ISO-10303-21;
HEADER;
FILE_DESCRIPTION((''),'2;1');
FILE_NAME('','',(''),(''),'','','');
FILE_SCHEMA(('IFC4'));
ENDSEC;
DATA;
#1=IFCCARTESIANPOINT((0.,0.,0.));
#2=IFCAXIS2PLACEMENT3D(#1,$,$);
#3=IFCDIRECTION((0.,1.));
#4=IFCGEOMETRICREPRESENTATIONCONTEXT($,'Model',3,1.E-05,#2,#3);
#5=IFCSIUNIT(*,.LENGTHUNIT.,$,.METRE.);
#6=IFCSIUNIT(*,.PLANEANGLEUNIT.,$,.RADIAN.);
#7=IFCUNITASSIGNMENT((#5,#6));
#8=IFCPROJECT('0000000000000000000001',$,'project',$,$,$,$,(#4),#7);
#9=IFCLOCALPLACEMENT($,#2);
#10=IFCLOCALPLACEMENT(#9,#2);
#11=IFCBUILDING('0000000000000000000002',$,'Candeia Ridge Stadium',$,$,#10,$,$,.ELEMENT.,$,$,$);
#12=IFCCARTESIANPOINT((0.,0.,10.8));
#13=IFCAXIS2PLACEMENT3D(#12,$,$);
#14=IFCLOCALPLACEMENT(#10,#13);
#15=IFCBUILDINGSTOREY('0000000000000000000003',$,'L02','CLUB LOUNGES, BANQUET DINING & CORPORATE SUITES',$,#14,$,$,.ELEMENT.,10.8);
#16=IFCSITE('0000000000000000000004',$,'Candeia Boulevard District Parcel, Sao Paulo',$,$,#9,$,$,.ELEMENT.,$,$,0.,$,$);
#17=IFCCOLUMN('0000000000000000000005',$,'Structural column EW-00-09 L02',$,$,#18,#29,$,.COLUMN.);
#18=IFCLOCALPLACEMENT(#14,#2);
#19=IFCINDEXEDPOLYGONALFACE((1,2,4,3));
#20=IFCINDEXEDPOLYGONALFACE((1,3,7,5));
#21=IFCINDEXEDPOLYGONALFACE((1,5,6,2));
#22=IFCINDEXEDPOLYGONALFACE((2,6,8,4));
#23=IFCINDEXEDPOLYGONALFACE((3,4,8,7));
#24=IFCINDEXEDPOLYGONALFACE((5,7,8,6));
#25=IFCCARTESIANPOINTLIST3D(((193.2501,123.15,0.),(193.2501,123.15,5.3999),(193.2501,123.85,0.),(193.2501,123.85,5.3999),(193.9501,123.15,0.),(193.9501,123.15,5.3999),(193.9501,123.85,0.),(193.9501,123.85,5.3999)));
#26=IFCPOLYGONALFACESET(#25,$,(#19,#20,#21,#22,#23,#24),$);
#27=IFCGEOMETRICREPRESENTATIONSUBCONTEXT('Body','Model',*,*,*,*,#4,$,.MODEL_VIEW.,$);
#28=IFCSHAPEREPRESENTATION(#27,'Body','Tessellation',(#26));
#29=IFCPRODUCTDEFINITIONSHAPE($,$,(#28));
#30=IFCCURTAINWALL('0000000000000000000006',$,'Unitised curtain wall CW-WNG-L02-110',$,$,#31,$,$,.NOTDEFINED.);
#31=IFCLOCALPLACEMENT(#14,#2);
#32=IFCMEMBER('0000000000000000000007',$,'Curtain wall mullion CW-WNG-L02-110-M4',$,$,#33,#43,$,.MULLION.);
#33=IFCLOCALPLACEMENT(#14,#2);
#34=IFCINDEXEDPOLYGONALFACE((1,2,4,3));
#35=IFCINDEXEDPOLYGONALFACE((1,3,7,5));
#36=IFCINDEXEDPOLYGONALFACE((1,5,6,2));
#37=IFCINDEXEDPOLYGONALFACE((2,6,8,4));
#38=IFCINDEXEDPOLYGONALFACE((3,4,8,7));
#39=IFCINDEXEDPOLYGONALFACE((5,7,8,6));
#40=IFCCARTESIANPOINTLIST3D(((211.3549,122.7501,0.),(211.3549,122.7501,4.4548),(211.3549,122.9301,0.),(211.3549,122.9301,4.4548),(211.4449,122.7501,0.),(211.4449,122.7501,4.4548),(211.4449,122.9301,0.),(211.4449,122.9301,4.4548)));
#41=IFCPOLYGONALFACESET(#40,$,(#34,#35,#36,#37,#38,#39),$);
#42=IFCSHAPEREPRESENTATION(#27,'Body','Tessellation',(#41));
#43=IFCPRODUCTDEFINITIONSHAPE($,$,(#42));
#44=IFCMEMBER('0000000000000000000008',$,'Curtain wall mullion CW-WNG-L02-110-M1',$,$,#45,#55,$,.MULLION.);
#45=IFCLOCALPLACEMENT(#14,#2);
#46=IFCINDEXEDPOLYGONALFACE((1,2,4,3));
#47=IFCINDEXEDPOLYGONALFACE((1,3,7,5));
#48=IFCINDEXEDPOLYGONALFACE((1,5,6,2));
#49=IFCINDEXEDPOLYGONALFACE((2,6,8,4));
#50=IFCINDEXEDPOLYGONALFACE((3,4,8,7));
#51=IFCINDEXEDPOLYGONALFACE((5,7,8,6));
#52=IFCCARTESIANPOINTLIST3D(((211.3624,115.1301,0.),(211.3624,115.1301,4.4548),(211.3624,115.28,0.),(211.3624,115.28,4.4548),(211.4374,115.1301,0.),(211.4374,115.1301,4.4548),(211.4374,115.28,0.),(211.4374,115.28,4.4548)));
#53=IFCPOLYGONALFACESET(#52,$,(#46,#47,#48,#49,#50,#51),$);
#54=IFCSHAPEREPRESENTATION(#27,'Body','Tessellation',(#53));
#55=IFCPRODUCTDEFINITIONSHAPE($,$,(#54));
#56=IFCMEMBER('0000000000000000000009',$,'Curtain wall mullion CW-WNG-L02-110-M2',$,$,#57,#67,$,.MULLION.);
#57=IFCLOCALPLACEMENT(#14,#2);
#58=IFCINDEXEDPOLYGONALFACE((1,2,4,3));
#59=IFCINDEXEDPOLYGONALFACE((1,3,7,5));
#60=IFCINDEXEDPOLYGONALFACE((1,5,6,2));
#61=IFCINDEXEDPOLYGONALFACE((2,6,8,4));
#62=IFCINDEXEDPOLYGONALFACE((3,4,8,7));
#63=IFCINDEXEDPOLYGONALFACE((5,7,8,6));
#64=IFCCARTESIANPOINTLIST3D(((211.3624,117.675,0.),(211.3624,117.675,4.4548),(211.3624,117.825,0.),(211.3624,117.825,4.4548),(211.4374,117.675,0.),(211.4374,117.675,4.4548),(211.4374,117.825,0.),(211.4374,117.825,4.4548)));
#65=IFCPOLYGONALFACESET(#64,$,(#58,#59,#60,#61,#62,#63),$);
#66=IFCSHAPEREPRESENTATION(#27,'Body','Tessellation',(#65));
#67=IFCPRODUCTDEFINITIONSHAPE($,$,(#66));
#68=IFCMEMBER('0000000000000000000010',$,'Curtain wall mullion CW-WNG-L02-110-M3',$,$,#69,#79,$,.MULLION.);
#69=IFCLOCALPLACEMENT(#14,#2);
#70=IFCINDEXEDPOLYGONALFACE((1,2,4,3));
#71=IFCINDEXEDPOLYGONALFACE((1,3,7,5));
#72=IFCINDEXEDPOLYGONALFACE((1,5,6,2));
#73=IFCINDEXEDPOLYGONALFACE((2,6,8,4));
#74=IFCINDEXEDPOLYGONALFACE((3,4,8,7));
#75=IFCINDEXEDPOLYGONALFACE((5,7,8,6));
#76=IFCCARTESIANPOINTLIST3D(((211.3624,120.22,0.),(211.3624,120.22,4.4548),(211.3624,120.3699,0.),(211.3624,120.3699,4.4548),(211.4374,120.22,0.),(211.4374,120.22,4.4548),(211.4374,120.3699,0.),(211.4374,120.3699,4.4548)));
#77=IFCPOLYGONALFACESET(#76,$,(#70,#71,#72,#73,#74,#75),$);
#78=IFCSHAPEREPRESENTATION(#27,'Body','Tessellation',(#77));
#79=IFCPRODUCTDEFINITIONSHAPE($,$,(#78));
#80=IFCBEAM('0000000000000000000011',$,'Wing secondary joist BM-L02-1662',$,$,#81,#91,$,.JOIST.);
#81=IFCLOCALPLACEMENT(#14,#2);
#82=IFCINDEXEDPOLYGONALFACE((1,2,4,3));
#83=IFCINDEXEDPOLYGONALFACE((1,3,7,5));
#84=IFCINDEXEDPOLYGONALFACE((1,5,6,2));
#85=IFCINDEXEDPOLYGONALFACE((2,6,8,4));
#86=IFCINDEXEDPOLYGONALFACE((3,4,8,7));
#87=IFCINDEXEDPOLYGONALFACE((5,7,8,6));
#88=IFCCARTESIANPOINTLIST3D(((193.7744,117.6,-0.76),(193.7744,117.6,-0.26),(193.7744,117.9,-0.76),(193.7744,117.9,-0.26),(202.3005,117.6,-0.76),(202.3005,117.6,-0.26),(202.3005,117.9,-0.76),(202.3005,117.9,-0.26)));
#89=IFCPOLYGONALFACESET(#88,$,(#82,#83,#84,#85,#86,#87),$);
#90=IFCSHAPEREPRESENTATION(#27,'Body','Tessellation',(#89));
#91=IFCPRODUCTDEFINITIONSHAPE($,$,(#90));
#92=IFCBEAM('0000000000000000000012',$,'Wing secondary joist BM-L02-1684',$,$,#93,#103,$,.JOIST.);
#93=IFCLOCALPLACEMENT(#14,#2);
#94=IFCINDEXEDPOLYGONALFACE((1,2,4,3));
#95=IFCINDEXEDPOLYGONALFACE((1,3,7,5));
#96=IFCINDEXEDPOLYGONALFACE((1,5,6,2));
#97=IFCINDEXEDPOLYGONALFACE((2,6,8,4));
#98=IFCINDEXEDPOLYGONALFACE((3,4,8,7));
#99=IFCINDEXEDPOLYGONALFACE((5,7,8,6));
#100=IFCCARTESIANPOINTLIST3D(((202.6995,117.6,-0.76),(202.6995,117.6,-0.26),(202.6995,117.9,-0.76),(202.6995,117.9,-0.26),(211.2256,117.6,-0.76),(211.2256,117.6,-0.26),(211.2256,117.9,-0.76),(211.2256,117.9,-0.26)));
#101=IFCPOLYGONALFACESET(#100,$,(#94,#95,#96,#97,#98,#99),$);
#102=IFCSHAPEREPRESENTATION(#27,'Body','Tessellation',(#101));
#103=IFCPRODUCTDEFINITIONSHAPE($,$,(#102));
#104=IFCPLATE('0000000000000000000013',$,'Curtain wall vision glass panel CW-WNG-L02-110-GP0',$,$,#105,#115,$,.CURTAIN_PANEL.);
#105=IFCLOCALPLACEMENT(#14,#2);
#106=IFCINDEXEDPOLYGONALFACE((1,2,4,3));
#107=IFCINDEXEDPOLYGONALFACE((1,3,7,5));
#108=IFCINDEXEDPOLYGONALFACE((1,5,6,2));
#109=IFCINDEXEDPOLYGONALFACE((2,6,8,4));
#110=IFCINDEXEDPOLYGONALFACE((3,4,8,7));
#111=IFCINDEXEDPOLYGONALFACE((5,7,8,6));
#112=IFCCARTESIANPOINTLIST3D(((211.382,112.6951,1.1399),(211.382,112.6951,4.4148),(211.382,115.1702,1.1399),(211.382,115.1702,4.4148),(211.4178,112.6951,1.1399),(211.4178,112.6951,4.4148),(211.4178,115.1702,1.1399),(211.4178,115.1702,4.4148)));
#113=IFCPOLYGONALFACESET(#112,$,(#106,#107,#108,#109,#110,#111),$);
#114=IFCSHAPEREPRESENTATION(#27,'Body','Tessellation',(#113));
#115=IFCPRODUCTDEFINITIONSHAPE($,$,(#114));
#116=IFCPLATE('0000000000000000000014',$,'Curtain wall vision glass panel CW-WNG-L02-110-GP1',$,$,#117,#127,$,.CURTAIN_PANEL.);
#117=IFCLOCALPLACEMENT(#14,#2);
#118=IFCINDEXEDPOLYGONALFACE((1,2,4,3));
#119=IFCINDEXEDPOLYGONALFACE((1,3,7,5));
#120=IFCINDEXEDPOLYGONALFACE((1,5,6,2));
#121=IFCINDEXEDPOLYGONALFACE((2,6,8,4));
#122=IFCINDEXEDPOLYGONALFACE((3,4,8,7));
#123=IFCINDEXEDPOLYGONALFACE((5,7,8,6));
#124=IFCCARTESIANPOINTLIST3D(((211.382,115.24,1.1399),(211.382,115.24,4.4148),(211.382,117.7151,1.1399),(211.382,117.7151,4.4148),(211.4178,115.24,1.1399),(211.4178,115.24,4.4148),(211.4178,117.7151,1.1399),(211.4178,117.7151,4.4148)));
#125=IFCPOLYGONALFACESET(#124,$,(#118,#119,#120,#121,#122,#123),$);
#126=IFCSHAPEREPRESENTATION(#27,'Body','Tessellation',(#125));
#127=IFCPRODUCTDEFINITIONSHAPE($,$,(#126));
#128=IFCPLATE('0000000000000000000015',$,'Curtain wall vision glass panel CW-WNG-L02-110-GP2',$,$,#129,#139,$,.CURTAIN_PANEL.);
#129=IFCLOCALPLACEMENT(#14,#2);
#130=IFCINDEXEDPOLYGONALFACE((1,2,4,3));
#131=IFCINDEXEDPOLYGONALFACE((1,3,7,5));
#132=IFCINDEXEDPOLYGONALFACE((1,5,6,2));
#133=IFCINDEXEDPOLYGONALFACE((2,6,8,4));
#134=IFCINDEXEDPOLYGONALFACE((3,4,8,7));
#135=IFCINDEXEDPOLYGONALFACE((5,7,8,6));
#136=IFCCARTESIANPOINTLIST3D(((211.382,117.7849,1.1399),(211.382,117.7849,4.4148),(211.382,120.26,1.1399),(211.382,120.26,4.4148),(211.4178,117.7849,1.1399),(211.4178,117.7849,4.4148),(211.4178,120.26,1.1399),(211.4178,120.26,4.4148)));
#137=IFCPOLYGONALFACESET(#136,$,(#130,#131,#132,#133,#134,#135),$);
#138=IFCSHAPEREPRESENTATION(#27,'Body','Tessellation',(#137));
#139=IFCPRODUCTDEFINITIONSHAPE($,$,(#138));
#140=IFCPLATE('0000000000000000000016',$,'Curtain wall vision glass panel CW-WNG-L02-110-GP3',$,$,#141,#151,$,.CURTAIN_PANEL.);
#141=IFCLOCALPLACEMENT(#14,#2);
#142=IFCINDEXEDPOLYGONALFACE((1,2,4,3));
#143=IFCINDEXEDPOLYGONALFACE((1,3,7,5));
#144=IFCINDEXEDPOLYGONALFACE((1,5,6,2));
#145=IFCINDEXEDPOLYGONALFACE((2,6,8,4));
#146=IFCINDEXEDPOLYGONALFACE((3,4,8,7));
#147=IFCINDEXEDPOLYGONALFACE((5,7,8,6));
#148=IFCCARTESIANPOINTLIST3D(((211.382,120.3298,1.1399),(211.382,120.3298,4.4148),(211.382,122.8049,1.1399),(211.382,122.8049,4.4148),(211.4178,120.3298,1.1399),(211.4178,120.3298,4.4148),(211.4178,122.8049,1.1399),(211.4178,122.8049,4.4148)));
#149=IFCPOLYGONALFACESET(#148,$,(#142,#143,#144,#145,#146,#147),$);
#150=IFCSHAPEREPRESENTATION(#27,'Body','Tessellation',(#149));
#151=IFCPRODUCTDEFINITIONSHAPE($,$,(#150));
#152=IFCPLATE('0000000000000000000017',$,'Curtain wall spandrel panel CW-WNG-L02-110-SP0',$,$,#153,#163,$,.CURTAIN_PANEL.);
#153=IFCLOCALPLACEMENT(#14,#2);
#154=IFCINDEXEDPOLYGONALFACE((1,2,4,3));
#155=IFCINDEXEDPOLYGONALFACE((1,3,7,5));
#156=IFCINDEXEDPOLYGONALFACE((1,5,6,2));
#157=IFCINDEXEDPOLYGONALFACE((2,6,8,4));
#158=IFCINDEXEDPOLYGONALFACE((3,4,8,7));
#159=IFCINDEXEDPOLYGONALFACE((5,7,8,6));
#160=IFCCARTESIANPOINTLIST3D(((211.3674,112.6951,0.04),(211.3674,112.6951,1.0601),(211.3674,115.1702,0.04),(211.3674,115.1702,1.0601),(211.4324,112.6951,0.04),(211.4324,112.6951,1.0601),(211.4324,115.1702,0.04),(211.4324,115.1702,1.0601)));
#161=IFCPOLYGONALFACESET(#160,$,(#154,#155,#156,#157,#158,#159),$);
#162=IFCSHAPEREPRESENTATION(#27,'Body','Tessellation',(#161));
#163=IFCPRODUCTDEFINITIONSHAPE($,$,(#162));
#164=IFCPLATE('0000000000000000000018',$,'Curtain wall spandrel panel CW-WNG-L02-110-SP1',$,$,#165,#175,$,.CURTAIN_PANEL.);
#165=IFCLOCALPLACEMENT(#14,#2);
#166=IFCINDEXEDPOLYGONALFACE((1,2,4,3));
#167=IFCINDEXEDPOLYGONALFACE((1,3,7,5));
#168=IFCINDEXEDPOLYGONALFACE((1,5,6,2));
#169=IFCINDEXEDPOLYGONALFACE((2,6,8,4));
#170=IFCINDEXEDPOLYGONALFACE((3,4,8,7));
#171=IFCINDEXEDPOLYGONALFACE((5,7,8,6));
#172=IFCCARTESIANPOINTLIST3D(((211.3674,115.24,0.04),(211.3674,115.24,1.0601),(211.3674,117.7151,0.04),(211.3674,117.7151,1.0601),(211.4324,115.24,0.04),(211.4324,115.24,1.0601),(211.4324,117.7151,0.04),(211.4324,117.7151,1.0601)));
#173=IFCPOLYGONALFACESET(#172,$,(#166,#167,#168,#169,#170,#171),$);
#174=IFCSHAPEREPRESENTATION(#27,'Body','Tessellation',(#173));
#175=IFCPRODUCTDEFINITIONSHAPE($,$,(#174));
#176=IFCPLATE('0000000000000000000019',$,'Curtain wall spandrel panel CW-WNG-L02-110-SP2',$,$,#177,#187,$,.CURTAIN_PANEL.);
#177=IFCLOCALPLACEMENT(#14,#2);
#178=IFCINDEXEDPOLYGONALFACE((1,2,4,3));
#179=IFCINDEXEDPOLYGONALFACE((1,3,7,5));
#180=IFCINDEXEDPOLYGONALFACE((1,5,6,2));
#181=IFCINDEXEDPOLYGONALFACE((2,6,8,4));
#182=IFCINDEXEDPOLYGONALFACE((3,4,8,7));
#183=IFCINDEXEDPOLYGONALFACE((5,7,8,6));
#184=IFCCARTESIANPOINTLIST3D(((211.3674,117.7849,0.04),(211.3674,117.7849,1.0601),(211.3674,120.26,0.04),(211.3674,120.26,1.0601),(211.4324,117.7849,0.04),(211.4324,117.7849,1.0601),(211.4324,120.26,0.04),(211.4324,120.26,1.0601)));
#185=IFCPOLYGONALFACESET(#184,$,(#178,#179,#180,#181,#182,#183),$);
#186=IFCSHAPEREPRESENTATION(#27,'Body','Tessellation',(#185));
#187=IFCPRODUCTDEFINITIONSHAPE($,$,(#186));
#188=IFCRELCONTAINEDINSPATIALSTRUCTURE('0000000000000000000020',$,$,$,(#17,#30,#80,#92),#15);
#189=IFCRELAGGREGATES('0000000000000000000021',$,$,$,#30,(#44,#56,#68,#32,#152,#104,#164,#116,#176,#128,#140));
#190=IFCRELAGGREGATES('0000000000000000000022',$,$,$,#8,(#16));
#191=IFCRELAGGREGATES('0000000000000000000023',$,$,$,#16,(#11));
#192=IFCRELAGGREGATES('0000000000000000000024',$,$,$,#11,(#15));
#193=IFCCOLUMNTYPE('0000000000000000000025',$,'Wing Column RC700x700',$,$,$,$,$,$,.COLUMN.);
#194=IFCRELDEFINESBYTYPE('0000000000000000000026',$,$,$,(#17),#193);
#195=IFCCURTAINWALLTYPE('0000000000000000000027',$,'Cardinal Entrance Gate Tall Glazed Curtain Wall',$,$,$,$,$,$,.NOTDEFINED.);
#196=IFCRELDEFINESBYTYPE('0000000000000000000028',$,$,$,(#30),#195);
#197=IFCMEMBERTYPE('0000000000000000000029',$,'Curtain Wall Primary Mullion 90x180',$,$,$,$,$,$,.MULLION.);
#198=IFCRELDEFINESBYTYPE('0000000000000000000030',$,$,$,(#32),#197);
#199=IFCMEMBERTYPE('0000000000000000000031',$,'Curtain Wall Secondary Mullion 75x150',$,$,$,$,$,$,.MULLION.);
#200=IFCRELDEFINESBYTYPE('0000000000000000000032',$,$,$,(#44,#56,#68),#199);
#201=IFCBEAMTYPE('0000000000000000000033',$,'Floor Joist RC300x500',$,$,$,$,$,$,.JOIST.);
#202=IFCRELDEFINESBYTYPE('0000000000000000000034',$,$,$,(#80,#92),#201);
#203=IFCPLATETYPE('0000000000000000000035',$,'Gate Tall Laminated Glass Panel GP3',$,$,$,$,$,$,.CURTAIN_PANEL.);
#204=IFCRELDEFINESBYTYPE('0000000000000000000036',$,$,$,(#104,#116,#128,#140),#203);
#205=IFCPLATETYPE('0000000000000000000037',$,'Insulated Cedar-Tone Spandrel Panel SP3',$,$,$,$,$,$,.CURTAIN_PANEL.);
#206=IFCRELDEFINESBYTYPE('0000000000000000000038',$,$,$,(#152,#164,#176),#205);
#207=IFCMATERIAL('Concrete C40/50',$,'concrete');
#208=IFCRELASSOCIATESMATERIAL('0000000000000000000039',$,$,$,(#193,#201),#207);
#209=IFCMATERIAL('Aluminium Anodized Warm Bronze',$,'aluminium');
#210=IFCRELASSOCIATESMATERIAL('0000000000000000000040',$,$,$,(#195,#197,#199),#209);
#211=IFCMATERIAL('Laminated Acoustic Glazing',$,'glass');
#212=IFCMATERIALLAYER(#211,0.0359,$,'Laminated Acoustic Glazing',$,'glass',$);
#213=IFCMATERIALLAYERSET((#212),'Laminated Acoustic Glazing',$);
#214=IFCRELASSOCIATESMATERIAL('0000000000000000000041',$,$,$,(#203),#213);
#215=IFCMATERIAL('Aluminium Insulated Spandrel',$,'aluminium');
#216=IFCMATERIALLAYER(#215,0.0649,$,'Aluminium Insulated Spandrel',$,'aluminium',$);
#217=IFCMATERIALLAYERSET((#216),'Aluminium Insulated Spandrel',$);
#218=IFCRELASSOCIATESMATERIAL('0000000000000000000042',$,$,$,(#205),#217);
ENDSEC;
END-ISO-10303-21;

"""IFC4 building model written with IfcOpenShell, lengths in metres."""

from ifc_helpers import new_model, si_unit, direction, frame, origin, origin_2d, place, context, subcontext, project, spatial, rectangle, extrude, material, layer, layer_set, material_profile, profile_set, type_object, element, aggregate, save


model = new_model("IFC4")

# Units and contexts
model_context = context("Model", 3, precision=1e-05, world=origin(), true_north=direction((0.0, 1.0)))
body_context = subcontext(model_context, "Body", "Model", "MODEL_VIEW")
ifc_project = project(units=[si_unit("LENGTHUNIT", "METRE"), si_unit("PLANEANGLEUNIT", "RADIAN")], contexts=[model_context])

# Site, building, storey
site_placement = place(None, origin())
site = spatial("IfcSite", under=ifc_project, at=site_placement, Name="Candeia Boulevard District Parcel, Sao Paulo", CompositionType="ELEMENT", RefElevation=0.0)
building_placement = place(site_placement, origin())
building = spatial("IfcBuilding", under=site, at=building_placement, Name="Candeia Ridge Stadium", CompositionType="ELEMENT")
storey_placement = place(building_placement, frame((0.0, 0.0, 10.8)))
storey = spatial("IfcBuildingStorey", under=building, at=storey_placement, Name="L02", Description="CLUB LOUNGES, BANQUET DINING & CORPORATE SUITES", CompositionType="ELEMENT", Elevation=10.8)

# Column
ifc_material_1 = material(Name="Concrete C40/50", Category="concrete")
ifc_material_profile_1 = material_profile(ifc_material_1, rectangle(XDim=0.7, YDim=0.7, at=origin_2d()), Name="RC700x700", Category="concrete")
ifc_profile_set_1 = profile_set([ifc_material_profile_1], Name="Concrete C40/50")
column_type = type_object("IfcColumnType", Name="Wing Column RC700x700", PredefinedType="COLUMN", material=ifc_profile_set_1)
column_placement = place(storey_placement, frame((193.6001, 123.5, 0.0), z_axis=(0.0, 0.0, 1.0), x_axis=(1.0, 0.0, 0.0)))
element("IfcColumn", 1, at=column_placement, inside=storey, type_object=column_type, Name="Structural column EW-00-09 L02", PredefinedType="COLUMN", context=body_context, shape_type="SweptSolid", body=[
    extrude(rectangle(XDim=0.7, YDim=0.7, at=origin_2d()), origin(), (0.0, 0.0, 1.0), 5.3999),
])

# Curtain wall, members
ifc_material_2 = material(Name="Aluminium Anodized Warm Bronze", Category="aluminium")
curtain_wall_type = type_object("IfcCurtainWallType", Name="Cardinal Entrance Gate Tall Glazed Curtain Wall", PredefinedType="NOTDEFINED", material=ifc_material_2)
curtain_wall_placement = place(storey_placement, origin())
curtain_wall = element("IfcCurtainWall", 2, at=curtain_wall_placement, inside=storey, type_object=curtain_wall_type, Name="Unitised curtain wall CW-WNG-L02-110", PredefinedType="NOTDEFINED")
ifc_material_profile_2 = material_profile(ifc_material_2, rectangle(XDim=0.0901, YDim=0.1799, at=origin_2d()), Name="CWM-90x180", Category="aluminium")
ifc_profile_set_2 = profile_set([ifc_material_profile_2], Name="Aluminium Anodized Warm Bronze")
member_type_1 = type_object("IfcMemberType", Name="Curtain Wall Primary Mullion 90x180", PredefinedType="MULLION", material=ifc_profile_set_2)
member_1_placement = place(storey_placement, frame((211.3999, 122.8401, 0.0), z_axis=(0.0, 0.0, 1.0), x_axis=(1.0, 0.0, 0.0)))
member_1 = element("IfcMember", 3, at=member_1_placement, type_object=member_type_1, Name="Curtain wall mullion CW-WNG-L02-110-M4", PredefinedType="MULLION", context=body_context, shape_type="SweptSolid", body=[
    extrude(rectangle(XDim=0.0901, YDim=0.1799, at=origin_2d()), origin(), (0.0, 0.0, 1.0), 4.4548),
])
ifc_material_profile_3 = material_profile(ifc_material_2, rectangle(XDim=0.075, YDim=0.1499, at=origin_2d()), Name="CWM-75x150", Category="aluminium")
ifc_profile_set_3 = profile_set([ifc_material_profile_3], Name="Aluminium Anodized Warm Bronze")
member_type_2 = type_object("IfcMemberType", Name="Curtain Wall Secondary Mullion 75x150", PredefinedType="MULLION", material=ifc_profile_set_3)
member_2_placement = place(storey_placement, frame((211.3999, 115.2051, 0.0), z_axis=(0.0, 0.0, 1.0), x_axis=(1.0, 0.0, 0.0)))
member_2 = element("IfcMember", 4, at=member_2_placement, type_object=member_type_2, Name="Curtain wall mullion CW-WNG-L02-110-M1", PredefinedType="MULLION", context=body_context, shape_type="SweptSolid", body=[
    extrude(rectangle(XDim=0.075, YDim=0.1499, at=origin_2d()), origin(), (0.0, 0.0, 1.0), 4.4548),
])
member_3_placement = place(storey_placement, frame((211.3999, 117.75, 0.0), z_axis=(0.0, 0.0, 1.0), x_axis=(1.0, 0.0, 0.0)))
member_3 = element("IfcMember", 5, at=member_3_placement, type_object=member_type_2, Name="Curtain wall mullion CW-WNG-L02-110-M2", PredefinedType="MULLION", context=body_context, shape_type="SweptSolid", body=[
    extrude(rectangle(XDim=0.075, YDim=0.1499, at=origin_2d()), origin(), (0.0, 0.0, 1.0), 4.4548),
])
member_4_placement = place(storey_placement, frame((211.3999, 120.2949, 0.0), z_axis=(0.0, 0.0, 1.0), x_axis=(1.0, 0.0, 0.0)))
member_4 = element("IfcMember", 6, at=member_4_placement, type_object=member_type_2, Name="Curtain wall mullion CW-WNG-L02-110-M3", PredefinedType="MULLION", context=body_context, shape_type="SweptSolid", body=[
    extrude(rectangle(XDim=0.075, YDim=0.1499, at=origin_2d()), origin(), (0.0, 0.0, 1.0), 4.4548),
])

# Beams
ifc_material_profile_4 = material_profile(ifc_material_1, rectangle(XDim=0.3, YDim=0.5, at=origin_2d()), Name="RC300x500", Category="concrete")
ifc_profile_set_4 = profile_set([ifc_material_profile_4], Name="Concrete C40/50")
beam_type = type_object("IfcBeamType", Name="Floor Joist RC300x500", PredefinedType="JOIST", material=ifc_profile_set_4)
for number, where, z_axis, x_axis, name in (
    (7, (193.7744, 117.75, -0.51), (1.0, 0.0, 0.0), (0.0, 1.0, 0.0), "Wing secondary joist BM-L02-1662"),
    (8, (202.6995, 117.75, -0.51), (1.0, 0.0, 0.0), (0.0, 1.0, 0.0), "Wing secondary joist BM-L02-1684"),
):
    element("IfcBeam", number, at=place(storey_placement, frame(where, z_axis=z_axis, x_axis=x_axis)), inside=storey, type_object=beam_type, Name=name, PredefinedType="JOIST", context=body_context, shape_type="SweptSolid", body=[
        extrude(rectangle(XDim=0.3, YDim=0.5, at=origin_2d()), origin(), (0.0, 0.0, 1.0), 8.5261),
    ])

# Plates
ifc_material_3 = material(Name="Laminated Acoustic Glazing", Category="glass")
ifc_layer_1 = layer(ifc_material_3, 0.0359, Name="Laminated Acoustic Glazing", Category="glass")
ifc_layer_set_1 = layer_set([ifc_layer_1], Name="Laminated Acoustic Glazing")
plate_type_1 = type_object("IfcPlateType", Name="Gate Tall Laminated Glass Panel GP3", PredefinedType="CURTAIN_PANEL", material=ifc_layer_set_1)
plate_1_placement = place(storey_placement, frame((211.3999, 113.9326, 1.1399), z_axis=(0.0, 0.0, 1.0), x_axis=(0.0, 1.0, 0.0)))
plate_1 = element("IfcPlate", 9, at=plate_1_placement, type_object=plate_type_1, Name="Curtain wall vision glass panel CW-WNG-L02-110-GP0", PredefinedType="CURTAIN_PANEL", context=body_context, shape_type="SweptSolid", body=[
    extrude(rectangle(XDim=2.4751, YDim=0.0359, at=origin_2d()), origin(), (0.0, 0.0, 1.0), 3.2749),
])
plate_2_placement = place(storey_placement, frame((211.3999, 116.4775, 1.1399), z_axis=(0.0, 0.0, 1.0), x_axis=(0.0, 1.0, 0.0)))
plate_2 = element("IfcPlate", 10, at=plate_2_placement, type_object=plate_type_1, Name="Curtain wall vision glass panel CW-WNG-L02-110-GP1", PredefinedType="CURTAIN_PANEL", context=body_context, shape_type="SweptSolid", body=[
    extrude(rectangle(XDim=2.4751, YDim=0.0359, at=origin_2d()), origin(), (0.0, 0.0, 1.0), 3.2749),
])
plate_3_placement = place(storey_placement, frame((211.3999, 119.0225, 1.1399), z_axis=(0.0, 0.0, 1.0), x_axis=(0.0, 1.0, 0.0)))
plate_3 = element("IfcPlate", 11, at=plate_3_placement, type_object=plate_type_1, Name="Curtain wall vision glass panel CW-WNG-L02-110-GP2", PredefinedType="CURTAIN_PANEL", context=body_context, shape_type="SweptSolid", body=[
    extrude(rectangle(XDim=2.4751, YDim=0.0359, at=origin_2d()), origin(), (0.0, 0.0, 1.0), 3.2749),
])
plate_4_placement = place(storey_placement, frame((211.3999, 121.5674, 1.1399), z_axis=(0.0, 0.0, 1.0), x_axis=(0.0, 1.0, 0.0)))
plate_4 = element("IfcPlate", 12, at=plate_4_placement, type_object=plate_type_1, Name="Curtain wall vision glass panel CW-WNG-L02-110-GP3", PredefinedType="CURTAIN_PANEL", context=body_context, shape_type="SweptSolid", body=[
    extrude(rectangle(XDim=2.4751, YDim=0.0359, at=origin_2d()), origin(), (0.0, 0.0, 1.0), 3.2749),
])
ifc_material_4 = material(Name="Aluminium Insulated Spandrel", Category="aluminium")
ifc_layer_2 = layer(ifc_material_4, 0.0649, Name="Aluminium Insulated Spandrel", Category="aluminium")
ifc_layer_set_2 = layer_set([ifc_layer_2], Name="Aluminium Insulated Spandrel")
plate_type_2 = type_object("IfcPlateType", Name="Insulated Cedar-Tone Spandrel Panel SP3", PredefinedType="CURTAIN_PANEL", material=ifc_layer_set_2)
plate_5_placement = place(storey_placement, frame((211.3999, 113.9326, 0.04), z_axis=(0.0, 0.0, 1.0), x_axis=(0.0, 1.0, 0.0)))
plate_5 = element("IfcPlate", 13, at=plate_5_placement, type_object=plate_type_2, Name="Curtain wall spandrel panel CW-WNG-L02-110-SP0", PredefinedType="CURTAIN_PANEL", context=body_context, shape_type="SweptSolid", body=[
    extrude(rectangle(XDim=2.4751, YDim=0.0649, at=origin_2d()), origin(), (0.0, 0.0, 1.0), 1.02),
])
plate_6_placement = place(storey_placement, frame((211.3999, 116.4775, 0.04), z_axis=(0.0, 0.0, 1.0), x_axis=(0.0, 1.0, 0.0)))
plate_6 = element("IfcPlate", 14, at=plate_6_placement, type_object=plate_type_2, Name="Curtain wall spandrel panel CW-WNG-L02-110-SP1", PredefinedType="CURTAIN_PANEL", context=body_context, shape_type="SweptSolid", body=[
    extrude(rectangle(XDim=2.4751, YDim=0.0649, at=origin_2d()), origin(), (0.0, 0.0, 1.0), 1.02),
])
plate_7_placement = place(storey_placement, frame((211.3999, 119.0225, 0.04), z_axis=(0.0, 0.0, 1.0), x_axis=(0.0, 1.0, 0.0)))
plate_7 = element("IfcPlate", 15, at=plate_7_placement, type_object=plate_type_2, Name="Curtain wall spandrel panel CW-WNG-L02-110-SP2", PredefinedType="CURTAIN_PANEL", context=body_context, shape_type="SweptSolid", body=[
    extrude(rectangle(XDim=2.4751, YDim=0.0649, at=origin_2d()), origin(), (0.0, 0.0, 1.0), 1.02),
])
aggregate(curtain_wall, [member_2, member_3, member_4, member_1, plate_5, plate_1, plate_6, plate_2, plate_7, plate_3, plate_4])

save(model, "model.ifc")
